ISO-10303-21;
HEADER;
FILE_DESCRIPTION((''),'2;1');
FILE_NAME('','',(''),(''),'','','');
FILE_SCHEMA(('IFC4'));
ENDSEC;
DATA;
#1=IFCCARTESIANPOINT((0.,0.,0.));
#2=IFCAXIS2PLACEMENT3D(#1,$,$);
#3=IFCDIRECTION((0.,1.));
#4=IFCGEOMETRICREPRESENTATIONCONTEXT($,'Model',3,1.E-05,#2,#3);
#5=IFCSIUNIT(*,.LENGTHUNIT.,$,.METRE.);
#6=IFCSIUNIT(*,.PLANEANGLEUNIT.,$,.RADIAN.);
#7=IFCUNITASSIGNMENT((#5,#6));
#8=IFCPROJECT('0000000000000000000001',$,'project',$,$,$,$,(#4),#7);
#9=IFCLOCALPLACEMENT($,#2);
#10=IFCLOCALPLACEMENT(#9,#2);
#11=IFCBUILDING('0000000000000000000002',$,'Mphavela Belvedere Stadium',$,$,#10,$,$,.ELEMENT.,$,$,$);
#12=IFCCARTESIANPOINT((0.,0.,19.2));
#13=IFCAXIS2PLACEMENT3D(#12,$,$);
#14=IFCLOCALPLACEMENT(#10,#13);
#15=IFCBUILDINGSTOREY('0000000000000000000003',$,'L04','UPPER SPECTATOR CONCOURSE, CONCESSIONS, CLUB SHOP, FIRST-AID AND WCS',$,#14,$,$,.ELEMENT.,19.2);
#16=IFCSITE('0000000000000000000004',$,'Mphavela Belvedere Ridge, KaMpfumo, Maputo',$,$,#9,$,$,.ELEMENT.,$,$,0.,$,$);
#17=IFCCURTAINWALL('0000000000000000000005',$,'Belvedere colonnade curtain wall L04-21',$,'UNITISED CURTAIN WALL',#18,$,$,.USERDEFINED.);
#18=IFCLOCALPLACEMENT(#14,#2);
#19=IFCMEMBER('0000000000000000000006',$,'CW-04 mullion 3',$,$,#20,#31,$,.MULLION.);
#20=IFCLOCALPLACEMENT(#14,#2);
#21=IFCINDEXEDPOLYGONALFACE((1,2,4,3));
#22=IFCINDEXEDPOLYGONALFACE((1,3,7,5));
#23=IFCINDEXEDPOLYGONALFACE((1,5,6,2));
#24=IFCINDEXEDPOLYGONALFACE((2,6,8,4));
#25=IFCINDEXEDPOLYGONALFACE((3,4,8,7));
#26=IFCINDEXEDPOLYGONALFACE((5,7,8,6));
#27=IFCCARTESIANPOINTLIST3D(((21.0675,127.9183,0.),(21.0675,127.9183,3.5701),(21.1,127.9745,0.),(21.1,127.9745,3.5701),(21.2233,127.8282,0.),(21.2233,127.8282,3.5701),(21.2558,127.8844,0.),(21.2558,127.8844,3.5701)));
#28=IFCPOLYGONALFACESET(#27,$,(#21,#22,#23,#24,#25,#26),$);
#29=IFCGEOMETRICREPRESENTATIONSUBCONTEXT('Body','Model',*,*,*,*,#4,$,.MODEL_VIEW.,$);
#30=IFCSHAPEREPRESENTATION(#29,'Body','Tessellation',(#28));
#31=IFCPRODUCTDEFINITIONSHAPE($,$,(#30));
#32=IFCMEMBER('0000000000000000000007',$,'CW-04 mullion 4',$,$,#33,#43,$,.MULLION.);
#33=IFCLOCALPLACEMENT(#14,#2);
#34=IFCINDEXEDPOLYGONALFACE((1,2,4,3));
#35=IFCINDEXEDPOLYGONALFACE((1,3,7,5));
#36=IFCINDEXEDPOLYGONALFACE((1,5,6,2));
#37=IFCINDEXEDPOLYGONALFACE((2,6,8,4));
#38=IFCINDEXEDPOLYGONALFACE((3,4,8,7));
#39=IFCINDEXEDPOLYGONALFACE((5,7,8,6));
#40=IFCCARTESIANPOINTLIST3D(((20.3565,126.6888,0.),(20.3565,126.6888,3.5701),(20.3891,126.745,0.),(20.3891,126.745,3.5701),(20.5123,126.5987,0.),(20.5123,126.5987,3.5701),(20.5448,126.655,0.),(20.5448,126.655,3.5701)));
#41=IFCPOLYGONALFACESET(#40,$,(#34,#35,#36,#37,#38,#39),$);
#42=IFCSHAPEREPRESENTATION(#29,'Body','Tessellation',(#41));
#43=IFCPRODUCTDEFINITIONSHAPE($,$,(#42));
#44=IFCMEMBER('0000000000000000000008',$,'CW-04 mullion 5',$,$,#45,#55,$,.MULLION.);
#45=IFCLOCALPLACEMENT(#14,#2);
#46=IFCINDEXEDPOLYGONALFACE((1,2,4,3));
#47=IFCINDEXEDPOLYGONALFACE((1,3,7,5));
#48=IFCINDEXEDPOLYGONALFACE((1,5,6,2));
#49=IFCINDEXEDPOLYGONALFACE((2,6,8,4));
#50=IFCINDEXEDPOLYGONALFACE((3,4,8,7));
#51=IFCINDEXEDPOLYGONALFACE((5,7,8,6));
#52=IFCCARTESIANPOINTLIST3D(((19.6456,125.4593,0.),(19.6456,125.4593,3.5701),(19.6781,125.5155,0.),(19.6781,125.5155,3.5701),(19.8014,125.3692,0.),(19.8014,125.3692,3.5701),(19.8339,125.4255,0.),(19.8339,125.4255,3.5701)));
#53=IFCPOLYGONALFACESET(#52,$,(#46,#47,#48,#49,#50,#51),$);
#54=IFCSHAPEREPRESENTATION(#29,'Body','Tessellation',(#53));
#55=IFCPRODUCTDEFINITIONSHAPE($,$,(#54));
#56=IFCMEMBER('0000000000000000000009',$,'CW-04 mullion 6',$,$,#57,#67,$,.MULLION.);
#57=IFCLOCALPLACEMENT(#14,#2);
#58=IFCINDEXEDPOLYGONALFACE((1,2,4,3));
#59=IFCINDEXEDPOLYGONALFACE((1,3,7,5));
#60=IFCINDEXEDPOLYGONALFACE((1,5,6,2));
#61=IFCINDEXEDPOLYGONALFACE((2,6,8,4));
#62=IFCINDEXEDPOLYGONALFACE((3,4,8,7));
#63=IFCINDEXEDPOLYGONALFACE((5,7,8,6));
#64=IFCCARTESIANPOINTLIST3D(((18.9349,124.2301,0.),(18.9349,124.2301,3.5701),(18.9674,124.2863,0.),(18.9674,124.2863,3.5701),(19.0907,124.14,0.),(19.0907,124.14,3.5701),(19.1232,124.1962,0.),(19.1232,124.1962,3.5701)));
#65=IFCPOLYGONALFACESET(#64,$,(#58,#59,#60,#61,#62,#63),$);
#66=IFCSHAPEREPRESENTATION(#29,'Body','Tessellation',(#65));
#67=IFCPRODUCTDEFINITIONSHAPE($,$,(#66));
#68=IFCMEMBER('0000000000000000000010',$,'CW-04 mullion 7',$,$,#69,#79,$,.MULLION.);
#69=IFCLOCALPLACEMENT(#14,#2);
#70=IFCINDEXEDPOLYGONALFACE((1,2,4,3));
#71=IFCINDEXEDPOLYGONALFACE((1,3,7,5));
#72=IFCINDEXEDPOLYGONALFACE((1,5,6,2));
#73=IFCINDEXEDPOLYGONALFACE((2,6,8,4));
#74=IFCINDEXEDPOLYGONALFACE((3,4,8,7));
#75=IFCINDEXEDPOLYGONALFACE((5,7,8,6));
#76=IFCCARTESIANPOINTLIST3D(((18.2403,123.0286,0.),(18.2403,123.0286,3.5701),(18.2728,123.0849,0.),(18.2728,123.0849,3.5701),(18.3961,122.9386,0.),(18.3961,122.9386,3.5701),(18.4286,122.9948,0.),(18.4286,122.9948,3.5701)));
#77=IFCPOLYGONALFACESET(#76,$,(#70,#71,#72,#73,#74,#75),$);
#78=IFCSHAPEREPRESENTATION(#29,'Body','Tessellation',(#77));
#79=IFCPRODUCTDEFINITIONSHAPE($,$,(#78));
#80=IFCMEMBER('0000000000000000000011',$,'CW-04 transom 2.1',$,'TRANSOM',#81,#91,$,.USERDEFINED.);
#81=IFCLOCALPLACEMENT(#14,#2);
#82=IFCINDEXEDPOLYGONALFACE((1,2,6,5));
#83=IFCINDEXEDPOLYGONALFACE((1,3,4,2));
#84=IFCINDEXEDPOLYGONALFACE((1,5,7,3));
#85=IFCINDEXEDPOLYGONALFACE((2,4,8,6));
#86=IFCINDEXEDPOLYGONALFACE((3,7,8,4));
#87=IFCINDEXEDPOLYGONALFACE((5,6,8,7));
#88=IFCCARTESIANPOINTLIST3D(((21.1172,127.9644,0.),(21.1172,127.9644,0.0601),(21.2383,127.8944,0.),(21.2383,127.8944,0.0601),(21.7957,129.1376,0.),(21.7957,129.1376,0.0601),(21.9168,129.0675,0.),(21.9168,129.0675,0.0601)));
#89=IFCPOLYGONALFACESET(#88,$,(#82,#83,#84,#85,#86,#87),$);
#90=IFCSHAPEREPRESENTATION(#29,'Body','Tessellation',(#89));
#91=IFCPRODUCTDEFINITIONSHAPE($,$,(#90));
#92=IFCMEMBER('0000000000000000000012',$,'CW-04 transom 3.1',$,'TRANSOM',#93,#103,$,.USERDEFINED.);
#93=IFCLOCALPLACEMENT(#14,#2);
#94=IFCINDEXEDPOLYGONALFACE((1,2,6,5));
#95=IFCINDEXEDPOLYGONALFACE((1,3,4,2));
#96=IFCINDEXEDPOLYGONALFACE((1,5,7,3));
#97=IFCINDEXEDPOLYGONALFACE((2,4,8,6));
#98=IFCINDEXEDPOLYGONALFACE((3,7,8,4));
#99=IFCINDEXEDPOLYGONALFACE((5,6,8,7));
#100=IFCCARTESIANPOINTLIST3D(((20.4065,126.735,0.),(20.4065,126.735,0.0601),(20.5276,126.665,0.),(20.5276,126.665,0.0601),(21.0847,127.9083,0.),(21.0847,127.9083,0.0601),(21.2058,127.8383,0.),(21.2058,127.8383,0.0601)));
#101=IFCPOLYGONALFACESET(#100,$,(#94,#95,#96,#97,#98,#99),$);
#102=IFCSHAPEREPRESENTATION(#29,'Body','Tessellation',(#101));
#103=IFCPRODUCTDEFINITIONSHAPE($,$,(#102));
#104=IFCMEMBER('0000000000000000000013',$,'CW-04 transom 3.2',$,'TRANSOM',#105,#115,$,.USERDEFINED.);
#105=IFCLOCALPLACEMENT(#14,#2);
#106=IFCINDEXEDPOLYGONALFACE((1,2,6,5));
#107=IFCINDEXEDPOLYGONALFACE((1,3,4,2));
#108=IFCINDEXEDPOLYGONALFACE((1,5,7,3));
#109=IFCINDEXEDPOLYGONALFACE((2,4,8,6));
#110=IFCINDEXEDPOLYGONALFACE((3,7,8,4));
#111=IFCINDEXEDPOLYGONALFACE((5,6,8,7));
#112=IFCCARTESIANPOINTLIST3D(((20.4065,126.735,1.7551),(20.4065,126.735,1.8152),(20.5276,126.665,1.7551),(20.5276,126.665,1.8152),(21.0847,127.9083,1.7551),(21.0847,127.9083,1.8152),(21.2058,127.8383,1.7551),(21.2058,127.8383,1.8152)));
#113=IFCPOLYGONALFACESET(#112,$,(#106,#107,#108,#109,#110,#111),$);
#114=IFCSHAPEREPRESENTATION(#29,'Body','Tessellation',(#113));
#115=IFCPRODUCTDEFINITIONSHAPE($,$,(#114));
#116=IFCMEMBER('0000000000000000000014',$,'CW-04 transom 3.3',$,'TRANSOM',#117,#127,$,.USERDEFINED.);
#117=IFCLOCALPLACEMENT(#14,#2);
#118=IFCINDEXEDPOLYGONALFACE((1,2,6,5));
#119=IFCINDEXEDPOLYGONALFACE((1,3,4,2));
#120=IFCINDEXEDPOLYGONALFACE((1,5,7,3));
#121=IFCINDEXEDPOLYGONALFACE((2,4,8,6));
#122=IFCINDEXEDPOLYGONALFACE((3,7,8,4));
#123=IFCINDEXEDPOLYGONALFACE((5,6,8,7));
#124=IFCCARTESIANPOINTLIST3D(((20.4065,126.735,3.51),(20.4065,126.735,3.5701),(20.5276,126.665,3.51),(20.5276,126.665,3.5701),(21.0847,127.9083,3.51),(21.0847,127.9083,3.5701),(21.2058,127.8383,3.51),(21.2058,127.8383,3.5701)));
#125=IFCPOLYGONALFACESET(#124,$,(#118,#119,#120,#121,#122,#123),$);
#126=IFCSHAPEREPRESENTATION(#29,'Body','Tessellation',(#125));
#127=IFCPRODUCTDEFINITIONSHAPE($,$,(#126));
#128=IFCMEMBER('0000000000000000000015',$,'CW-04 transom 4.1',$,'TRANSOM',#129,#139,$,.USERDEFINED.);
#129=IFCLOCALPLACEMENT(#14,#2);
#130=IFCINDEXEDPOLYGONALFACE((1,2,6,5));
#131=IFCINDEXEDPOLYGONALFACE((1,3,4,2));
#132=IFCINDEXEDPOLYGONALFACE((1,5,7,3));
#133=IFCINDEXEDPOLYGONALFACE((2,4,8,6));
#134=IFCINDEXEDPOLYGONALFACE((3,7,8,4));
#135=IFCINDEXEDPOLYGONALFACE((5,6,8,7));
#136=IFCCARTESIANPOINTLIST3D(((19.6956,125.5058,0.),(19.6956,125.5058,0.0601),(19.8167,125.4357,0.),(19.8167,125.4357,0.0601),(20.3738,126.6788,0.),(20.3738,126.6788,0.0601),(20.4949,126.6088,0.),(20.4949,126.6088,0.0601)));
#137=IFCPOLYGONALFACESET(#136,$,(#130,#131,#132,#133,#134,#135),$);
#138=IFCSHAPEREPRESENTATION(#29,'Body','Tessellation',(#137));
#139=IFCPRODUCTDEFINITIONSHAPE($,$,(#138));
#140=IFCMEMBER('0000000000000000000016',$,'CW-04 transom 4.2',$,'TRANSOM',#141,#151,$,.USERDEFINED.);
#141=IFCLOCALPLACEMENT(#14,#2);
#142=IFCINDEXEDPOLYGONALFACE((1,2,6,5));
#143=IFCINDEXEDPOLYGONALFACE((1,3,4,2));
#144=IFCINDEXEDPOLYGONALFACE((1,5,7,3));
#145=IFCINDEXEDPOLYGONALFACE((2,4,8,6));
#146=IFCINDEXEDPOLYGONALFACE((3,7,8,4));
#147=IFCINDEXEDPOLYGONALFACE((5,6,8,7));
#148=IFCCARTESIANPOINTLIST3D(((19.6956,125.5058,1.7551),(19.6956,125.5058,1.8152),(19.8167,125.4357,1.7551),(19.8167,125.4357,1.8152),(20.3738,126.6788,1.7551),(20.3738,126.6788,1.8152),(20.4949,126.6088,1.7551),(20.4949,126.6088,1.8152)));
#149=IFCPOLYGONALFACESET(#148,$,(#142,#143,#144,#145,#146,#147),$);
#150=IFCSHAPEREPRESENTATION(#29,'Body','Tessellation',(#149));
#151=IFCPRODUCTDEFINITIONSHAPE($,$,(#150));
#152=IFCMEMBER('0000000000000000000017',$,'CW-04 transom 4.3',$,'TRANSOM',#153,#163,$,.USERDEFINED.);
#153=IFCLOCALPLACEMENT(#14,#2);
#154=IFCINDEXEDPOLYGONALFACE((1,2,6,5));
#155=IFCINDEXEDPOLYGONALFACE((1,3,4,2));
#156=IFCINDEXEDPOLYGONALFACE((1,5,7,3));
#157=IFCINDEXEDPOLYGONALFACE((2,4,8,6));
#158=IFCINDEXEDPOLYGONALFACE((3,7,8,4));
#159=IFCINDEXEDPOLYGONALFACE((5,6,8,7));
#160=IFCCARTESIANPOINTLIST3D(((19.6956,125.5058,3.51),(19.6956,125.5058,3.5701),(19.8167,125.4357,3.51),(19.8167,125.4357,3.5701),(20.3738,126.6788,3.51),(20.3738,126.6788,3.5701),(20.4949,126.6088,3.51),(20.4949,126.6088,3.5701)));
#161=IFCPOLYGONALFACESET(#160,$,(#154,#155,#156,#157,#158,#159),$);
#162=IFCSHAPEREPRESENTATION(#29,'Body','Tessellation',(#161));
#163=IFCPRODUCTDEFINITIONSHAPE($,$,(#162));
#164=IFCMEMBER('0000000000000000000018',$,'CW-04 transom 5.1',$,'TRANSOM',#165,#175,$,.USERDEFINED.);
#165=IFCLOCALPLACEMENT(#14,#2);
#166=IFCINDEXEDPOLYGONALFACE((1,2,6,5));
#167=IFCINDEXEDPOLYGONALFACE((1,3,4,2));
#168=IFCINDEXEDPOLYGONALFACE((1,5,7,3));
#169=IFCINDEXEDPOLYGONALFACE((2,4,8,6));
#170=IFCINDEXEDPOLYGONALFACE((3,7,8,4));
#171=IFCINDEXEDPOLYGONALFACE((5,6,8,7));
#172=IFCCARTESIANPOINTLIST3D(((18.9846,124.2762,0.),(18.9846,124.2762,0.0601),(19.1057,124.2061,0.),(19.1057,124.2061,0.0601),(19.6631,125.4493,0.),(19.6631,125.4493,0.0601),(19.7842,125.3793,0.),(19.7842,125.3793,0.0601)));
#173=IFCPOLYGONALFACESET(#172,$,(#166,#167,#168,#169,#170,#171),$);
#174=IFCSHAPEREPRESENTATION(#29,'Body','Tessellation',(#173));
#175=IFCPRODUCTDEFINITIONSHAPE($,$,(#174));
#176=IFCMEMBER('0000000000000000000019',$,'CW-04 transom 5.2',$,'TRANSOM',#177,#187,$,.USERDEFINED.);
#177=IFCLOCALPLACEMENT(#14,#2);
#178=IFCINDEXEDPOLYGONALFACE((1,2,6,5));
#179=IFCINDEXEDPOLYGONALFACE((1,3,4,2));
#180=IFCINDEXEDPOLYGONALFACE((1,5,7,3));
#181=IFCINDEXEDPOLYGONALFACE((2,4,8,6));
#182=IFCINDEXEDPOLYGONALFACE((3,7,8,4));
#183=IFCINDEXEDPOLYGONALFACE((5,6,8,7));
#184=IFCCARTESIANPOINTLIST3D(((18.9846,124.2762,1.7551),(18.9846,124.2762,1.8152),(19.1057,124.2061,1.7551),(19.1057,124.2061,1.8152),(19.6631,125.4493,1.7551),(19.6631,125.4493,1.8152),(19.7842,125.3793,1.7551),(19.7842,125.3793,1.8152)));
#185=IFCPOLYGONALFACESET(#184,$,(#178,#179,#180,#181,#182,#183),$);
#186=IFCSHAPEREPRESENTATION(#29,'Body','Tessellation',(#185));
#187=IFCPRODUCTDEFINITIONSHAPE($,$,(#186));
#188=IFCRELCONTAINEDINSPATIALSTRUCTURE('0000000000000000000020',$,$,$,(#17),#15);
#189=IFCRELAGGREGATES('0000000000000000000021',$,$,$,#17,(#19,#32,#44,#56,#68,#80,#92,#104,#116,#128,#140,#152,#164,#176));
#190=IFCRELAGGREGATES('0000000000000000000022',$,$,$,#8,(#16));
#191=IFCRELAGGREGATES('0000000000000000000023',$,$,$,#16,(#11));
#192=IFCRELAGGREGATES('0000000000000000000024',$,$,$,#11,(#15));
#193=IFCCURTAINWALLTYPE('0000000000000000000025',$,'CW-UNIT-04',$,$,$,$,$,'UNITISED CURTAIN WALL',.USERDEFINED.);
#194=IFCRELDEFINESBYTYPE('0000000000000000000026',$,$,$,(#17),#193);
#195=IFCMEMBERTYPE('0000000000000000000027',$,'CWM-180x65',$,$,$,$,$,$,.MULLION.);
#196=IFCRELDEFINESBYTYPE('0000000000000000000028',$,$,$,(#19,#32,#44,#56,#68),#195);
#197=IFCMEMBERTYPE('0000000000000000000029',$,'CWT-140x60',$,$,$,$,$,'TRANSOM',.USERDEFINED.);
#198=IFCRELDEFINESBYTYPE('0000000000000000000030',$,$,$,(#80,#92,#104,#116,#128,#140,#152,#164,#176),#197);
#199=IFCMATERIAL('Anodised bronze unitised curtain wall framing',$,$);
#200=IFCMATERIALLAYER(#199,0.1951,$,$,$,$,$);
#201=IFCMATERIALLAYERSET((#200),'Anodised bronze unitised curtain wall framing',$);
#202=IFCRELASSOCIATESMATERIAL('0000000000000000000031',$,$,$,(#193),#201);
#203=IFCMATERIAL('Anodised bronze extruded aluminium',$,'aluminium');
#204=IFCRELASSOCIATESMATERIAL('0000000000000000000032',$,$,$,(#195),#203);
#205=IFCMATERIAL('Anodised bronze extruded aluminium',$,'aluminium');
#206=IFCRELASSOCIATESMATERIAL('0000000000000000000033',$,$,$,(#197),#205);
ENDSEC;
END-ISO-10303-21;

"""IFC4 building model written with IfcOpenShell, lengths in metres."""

from ifc_helpers import new_model, si_unit, direction, frame, origin, origin_2d, place, context, subcontext, project, spatial, rectangle, extrude, material, layer, layer_set, material_profile, profile_set, type_object, element, aggregate, save


model = new_model("IFC4")

# Units and contexts
model_context = context("Model", 3, precision=1e-05, world=origin(), true_north=direction((0.0, 1.0)))
body_context = subcontext(model_context, "Body", "Model", "MODEL_VIEW")
ifc_project = project(units=[si_unit("LENGTHUNIT", "METRE"), si_unit("PLANEANGLEUNIT", "RADIAN")], contexts=[model_context])

# Site, building, storey
site_placement = place(None, origin())
site = spatial("IfcSite", under=ifc_project, at=site_placement, Name="Mphavela Belvedere Ridge, KaMpfumo, Maputo", CompositionType="ELEMENT", RefElevation=0.0)
building_placement = place(site_placement, origin())
building = spatial("IfcBuilding", under=site, at=building_placement, Name="Mphavela Belvedere Stadium", CompositionType="ELEMENT")
storey_placement = place(building_placement, frame((0.0, 0.0, 19.2)))
storey = spatial("IfcBuildingStorey", under=building, at=storey_placement, Name="L04", Description="UPPER SPECTATOR CONCOURSE, CONCESSIONS, CLUB SHOP, FIRST-AID AND WCS", CompositionType="ELEMENT", Elevation=19.2)

# Curtain wall, members
ifc_material_1 = material(Name="Anodised bronze unitised curtain wall framing")
ifc_layer_1 = layer(ifc_material_1, 0.1951)
ifc_layer_set_1 = layer_set([ifc_layer_1], Name="Anodised bronze unitised curtain wall framing")
curtain_wall_type = type_object("IfcCurtainWallType", Name="CW-UNIT-04", ElementType="UNITISED CURTAIN WALL", PredefinedType="USERDEFINED", material=ifc_layer_set_1)
curtain_wall_placement = place(storey_placement, origin())
curtain_wall = element("IfcCurtainWall", 1, at=curtain_wall_placement, inside=storey, type_object=curtain_wall_type, Name="Belvedere colonnade curtain wall L04-21", ObjectType="UNITISED CURTAIN WALL", PredefinedType="USERDEFINED")
ifc_material_2 = material(Name="Anodised bronze extruded aluminium", Category="aluminium")
ifc_material_profile_1 = material_profile(ifc_material_2, rectangle(XDim=0.1799, YDim=0.0649, at=origin_2d()), Name="CW-MUL 180x65")
ifc_profile_set_1 = profile_set([ifc_material_profile_1], Name="Anodised bronze extruded aluminium")
member_type_1 = type_object("IfcMemberType", Name="CWM-180x65", PredefinedType="MULLION", material=ifc_profile_set_1)
member_1_placement = place(storey_placement, frame((21.1616, 127.9014, 0.0), z_axis=(0.0, 0.0, 1.0), x_axis=(0.865704, -0.500556, 0.0)))
member_1 = element("IfcMember", 2, at=member_1_placement, type_object=member_type_1, Name="CW-04 mullion 3", PredefinedType="MULLION", context=body_context, shape_type="SweptSolid", body=[
    extrude(rectangle(XDim=0.1799, YDim=0.0649, at=origin_2d()), origin(), (0.0, 0.0, 1.0), 3.5701),
])
member_2_placement = place(storey_placement, frame((20.4507, 126.6719, 0.0), z_axis=(0.0, 0.0, 1.0), x_axis=(0.865704, -0.500556, 0.0)))
member_2 = element("IfcMember", 3, at=member_2_placement, type_object=member_type_1, Name="CW-04 mullion 4", PredefinedType="MULLION", context=body_context, shape_type="SweptSolid", body=[
    extrude(rectangle(XDim=0.1799, YDim=0.0649, at=origin_2d()), origin(), (0.0, 0.0, 1.0), 3.5701),
])
member_3_placement = place(storey_placement, frame((19.7397, 125.4424, 0.0), z_axis=(0.0, 0.0, 1.0), x_axis=(0.865704, -0.500556, 0.0)))
member_3 = element("IfcMember", 4, at=member_3_placement, type_object=member_type_1, Name="CW-04 mullion 5", PredefinedType="MULLION", context=body_context, shape_type="SweptSolid", body=[
    extrude(rectangle(XDim=0.1799, YDim=0.0649, at=origin_2d()), origin(), (0.0, 0.0, 1.0), 3.5701),
])
member_4_placement = place(storey_placement, frame((19.0291, 124.2131, 0.0), z_axis=(0.0, 0.0, 1.0), x_axis=(0.865704, -0.500556, 0.0)))
member_4 = element("IfcMember", 5, at=member_4_placement, type_object=member_type_1, Name="CW-04 mullion 6", PredefinedType="MULLION", context=body_context, shape_type="SweptSolid", body=[
    extrude(rectangle(XDim=0.1799, YDim=0.0649, at=origin_2d()), origin(), (0.0, 0.0, 1.0), 3.5701),
])
member_5_placement = place(storey_placement, frame((18.3345, 123.0117, 0.0), z_axis=(0.0, 0.0, 1.0), x_axis=(0.865704, -0.500556, 0.0)))
member_5 = element("IfcMember", 6, at=member_5_placement, type_object=member_type_1, Name="CW-04 mullion 7", PredefinedType="MULLION", context=body_context, shape_type="SweptSolid", body=[
    extrude(rectangle(XDim=0.1799, YDim=0.0649, at=origin_2d()), origin(), (0.0, 0.0, 1.0), 3.5701),
])
ifc_material_3 = material(Name="Anodised bronze extruded aluminium", Category="aluminium")
ifc_material_profile_2 = material_profile(ifc_material_3, rectangle(XDim=0.1399, YDim=0.0601, at=origin_2d()), Name="CW-TRN 140x60")
ifc_profile_set_2 = profile_set([ifc_material_profile_2], Name="Anodised bronze extruded aluminium")
member_type_2 = type_object("IfcMemberType", Name="CWT-140x60", ElementType="TRANSOM", PredefinedType="USERDEFINED", material=ifc_profile_set_2)
member_6_placement = place(storey_placement, frame((21.8562, 129.1025, 0.03), z_axis=(-0.500653, -0.865648, 0.0), x_axis=(0.865648, -0.500653, 0.0)))
member_6 = element("IfcMember", 7, at=member_6_placement, type_object=member_type_2, Name="CW-04 transom 2.1", ObjectType="TRANSOM", PredefinedType="USERDEFINED", context=body_context, shape_type="SweptSolid", body=[
    extrude(rectangle(XDim=0.1399, YDim=0.0601, at=origin_2d()), origin(), (0.0, 0.0, 1.0), 1.3552),
])
member_7_placement = place(storey_placement, frame((21.1453, 127.8733, 0.03), z_axis=(-0.50044, -0.865771, 0.0), x_axis=(0.865771, -0.50044, 0.0)))
member_7 = element("IfcMember", 8, at=member_7_placement, type_object=member_type_2, Name="CW-04 transom 3.1", ObjectType="TRANSOM", PredefinedType="USERDEFINED", context=body_context, shape_type="SweptSolid", body=[
    extrude(rectangle(XDim=0.1399, YDim=0.0601, at=origin_2d()), origin(), (0.0, 0.0, 1.0), 1.3552),
])
member_8_placement = place(storey_placement, frame((21.1453, 127.8733, 1.7852), z_axis=(-0.50044, -0.865771, 0.0), x_axis=(0.865771, -0.50044, 0.0)))
member_8 = element("IfcMember", 9, at=member_8_placement, type_object=member_type_2, Name="CW-04 transom 3.2", ObjectType="TRANSOM", PredefinedType="USERDEFINED", context=body_context, shape_type="SweptSolid", body=[
    extrude(rectangle(XDim=0.1399, YDim=0.0601, at=origin_2d()), origin(), (0.0, 0.0, 1.0), 1.3552),
])
member_9_placement = place(storey_placement, frame((21.1453, 127.8733, 3.54), z_axis=(-0.50044, -0.865771, 0.0), x_axis=(0.865771, -0.50044, 0.0)))
member_9 = element("IfcMember", 10, at=member_9_placement, type_object=member_type_2, Name="CW-04 transom 3.3", ObjectType="TRANSOM", PredefinedType="USERDEFINED", context=body_context, shape_type="SweptSolid", body=[
    extrude(rectangle(XDim=0.1399, YDim=0.0601, at=origin_2d()), origin(), (0.0, 0.0, 1.0), 1.3552),
])
member_10_placement = place(storey_placement, frame((20.4343, 126.6438, 0.03), z_axis=(-0.500518, -0.865726, 0.0), x_axis=(0.865726, -0.500518, 0.0)))
member_10 = element("IfcMember", 11, at=member_10_placement, type_object=member_type_2, Name="CW-04 transom 4.1", ObjectType="TRANSOM", PredefinedType="USERDEFINED", context=body_context, shape_type="SweptSolid", body=[
    extrude(rectangle(XDim=0.1399, YDim=0.0601, at=origin_2d()), origin(), (0.0, 0.0, 1.0), 1.355),
])
member_11_placement = place(storey_placement, frame((20.4343, 126.6438, 1.7852), z_axis=(-0.500518, -0.865726, 0.0), x_axis=(0.865726, -0.500518, 0.0)))
member_11 = element("IfcMember", 12, at=member_11_placement, type_object=member_type_2, Name="CW-04 transom 4.2", ObjectType="TRANSOM", PredefinedType="USERDEFINED", context=body_context, shape_type="SweptSolid", body=[
    extrude(rectangle(XDim=0.1399, YDim=0.0601, at=origin_2d()), origin(), (0.0, 0.0, 1.0), 1.355),
])
member_12_placement = place(storey_placement, frame((20.4343, 126.6438, 3.54), z_axis=(-0.500518, -0.865726, 0.0), x_axis=(0.865726, -0.500518, 0.0)))
member_12 = element("IfcMember", 13, at=member_12_placement, type_object=member_type_2, Name="CW-04 transom 4.3", ObjectType="TRANSOM", PredefinedType="USERDEFINED", context=body_context, shape_type="SweptSolid", body=[
    extrude(rectangle(XDim=0.1399, YDim=0.0601, at=origin_2d()), origin(), (0.0, 0.0, 1.0), 1.355),
])
member_13_placement = place(storey_placement, frame((19.7236, 125.4143, 0.03), z_axis=(-0.500653, -0.865648, 0.0), x_axis=(0.865648, -0.500653, 0.0)))
member_13 = element("IfcMember", 14, at=member_13_placement, type_object=member_type_2, Name="CW-04 transom 5.1", ObjectType="TRANSOM", PredefinedType="USERDEFINED", context=body_context, shape_type="SweptSolid", body=[
    extrude(rectangle(XDim=0.1399, YDim=0.0601, at=origin_2d()), origin(), (0.0, 0.0, 1.0), 1.3552),
])
member_14_placement = place(storey_placement, frame((19.7236, 125.4143, 1.7852), z_axis=(-0.500653, -0.865648, 0.0), x_axis=(0.865648, -0.500653, 0.0)))
member_14 = element("IfcMember", 15, at=member_14_placement, type_object=member_type_2, Name="CW-04 transom 5.2", ObjectType="TRANSOM", PredefinedType="USERDEFINED", context=body_context, shape_type="SweptSolid", body=[
    extrude(rectangle(XDim=0.1399, YDim=0.0601, at=origin_2d()), origin(), (0.0, 0.0, 1.0), 1.3552),
])
aggregate(curtain_wall, [member_1, member_2, member_3, member_4, member_5, member_6, member_7, member_8, member_9, member_10, member_11, member_12, member_13, member_14])

save(model, "model.ifc")
